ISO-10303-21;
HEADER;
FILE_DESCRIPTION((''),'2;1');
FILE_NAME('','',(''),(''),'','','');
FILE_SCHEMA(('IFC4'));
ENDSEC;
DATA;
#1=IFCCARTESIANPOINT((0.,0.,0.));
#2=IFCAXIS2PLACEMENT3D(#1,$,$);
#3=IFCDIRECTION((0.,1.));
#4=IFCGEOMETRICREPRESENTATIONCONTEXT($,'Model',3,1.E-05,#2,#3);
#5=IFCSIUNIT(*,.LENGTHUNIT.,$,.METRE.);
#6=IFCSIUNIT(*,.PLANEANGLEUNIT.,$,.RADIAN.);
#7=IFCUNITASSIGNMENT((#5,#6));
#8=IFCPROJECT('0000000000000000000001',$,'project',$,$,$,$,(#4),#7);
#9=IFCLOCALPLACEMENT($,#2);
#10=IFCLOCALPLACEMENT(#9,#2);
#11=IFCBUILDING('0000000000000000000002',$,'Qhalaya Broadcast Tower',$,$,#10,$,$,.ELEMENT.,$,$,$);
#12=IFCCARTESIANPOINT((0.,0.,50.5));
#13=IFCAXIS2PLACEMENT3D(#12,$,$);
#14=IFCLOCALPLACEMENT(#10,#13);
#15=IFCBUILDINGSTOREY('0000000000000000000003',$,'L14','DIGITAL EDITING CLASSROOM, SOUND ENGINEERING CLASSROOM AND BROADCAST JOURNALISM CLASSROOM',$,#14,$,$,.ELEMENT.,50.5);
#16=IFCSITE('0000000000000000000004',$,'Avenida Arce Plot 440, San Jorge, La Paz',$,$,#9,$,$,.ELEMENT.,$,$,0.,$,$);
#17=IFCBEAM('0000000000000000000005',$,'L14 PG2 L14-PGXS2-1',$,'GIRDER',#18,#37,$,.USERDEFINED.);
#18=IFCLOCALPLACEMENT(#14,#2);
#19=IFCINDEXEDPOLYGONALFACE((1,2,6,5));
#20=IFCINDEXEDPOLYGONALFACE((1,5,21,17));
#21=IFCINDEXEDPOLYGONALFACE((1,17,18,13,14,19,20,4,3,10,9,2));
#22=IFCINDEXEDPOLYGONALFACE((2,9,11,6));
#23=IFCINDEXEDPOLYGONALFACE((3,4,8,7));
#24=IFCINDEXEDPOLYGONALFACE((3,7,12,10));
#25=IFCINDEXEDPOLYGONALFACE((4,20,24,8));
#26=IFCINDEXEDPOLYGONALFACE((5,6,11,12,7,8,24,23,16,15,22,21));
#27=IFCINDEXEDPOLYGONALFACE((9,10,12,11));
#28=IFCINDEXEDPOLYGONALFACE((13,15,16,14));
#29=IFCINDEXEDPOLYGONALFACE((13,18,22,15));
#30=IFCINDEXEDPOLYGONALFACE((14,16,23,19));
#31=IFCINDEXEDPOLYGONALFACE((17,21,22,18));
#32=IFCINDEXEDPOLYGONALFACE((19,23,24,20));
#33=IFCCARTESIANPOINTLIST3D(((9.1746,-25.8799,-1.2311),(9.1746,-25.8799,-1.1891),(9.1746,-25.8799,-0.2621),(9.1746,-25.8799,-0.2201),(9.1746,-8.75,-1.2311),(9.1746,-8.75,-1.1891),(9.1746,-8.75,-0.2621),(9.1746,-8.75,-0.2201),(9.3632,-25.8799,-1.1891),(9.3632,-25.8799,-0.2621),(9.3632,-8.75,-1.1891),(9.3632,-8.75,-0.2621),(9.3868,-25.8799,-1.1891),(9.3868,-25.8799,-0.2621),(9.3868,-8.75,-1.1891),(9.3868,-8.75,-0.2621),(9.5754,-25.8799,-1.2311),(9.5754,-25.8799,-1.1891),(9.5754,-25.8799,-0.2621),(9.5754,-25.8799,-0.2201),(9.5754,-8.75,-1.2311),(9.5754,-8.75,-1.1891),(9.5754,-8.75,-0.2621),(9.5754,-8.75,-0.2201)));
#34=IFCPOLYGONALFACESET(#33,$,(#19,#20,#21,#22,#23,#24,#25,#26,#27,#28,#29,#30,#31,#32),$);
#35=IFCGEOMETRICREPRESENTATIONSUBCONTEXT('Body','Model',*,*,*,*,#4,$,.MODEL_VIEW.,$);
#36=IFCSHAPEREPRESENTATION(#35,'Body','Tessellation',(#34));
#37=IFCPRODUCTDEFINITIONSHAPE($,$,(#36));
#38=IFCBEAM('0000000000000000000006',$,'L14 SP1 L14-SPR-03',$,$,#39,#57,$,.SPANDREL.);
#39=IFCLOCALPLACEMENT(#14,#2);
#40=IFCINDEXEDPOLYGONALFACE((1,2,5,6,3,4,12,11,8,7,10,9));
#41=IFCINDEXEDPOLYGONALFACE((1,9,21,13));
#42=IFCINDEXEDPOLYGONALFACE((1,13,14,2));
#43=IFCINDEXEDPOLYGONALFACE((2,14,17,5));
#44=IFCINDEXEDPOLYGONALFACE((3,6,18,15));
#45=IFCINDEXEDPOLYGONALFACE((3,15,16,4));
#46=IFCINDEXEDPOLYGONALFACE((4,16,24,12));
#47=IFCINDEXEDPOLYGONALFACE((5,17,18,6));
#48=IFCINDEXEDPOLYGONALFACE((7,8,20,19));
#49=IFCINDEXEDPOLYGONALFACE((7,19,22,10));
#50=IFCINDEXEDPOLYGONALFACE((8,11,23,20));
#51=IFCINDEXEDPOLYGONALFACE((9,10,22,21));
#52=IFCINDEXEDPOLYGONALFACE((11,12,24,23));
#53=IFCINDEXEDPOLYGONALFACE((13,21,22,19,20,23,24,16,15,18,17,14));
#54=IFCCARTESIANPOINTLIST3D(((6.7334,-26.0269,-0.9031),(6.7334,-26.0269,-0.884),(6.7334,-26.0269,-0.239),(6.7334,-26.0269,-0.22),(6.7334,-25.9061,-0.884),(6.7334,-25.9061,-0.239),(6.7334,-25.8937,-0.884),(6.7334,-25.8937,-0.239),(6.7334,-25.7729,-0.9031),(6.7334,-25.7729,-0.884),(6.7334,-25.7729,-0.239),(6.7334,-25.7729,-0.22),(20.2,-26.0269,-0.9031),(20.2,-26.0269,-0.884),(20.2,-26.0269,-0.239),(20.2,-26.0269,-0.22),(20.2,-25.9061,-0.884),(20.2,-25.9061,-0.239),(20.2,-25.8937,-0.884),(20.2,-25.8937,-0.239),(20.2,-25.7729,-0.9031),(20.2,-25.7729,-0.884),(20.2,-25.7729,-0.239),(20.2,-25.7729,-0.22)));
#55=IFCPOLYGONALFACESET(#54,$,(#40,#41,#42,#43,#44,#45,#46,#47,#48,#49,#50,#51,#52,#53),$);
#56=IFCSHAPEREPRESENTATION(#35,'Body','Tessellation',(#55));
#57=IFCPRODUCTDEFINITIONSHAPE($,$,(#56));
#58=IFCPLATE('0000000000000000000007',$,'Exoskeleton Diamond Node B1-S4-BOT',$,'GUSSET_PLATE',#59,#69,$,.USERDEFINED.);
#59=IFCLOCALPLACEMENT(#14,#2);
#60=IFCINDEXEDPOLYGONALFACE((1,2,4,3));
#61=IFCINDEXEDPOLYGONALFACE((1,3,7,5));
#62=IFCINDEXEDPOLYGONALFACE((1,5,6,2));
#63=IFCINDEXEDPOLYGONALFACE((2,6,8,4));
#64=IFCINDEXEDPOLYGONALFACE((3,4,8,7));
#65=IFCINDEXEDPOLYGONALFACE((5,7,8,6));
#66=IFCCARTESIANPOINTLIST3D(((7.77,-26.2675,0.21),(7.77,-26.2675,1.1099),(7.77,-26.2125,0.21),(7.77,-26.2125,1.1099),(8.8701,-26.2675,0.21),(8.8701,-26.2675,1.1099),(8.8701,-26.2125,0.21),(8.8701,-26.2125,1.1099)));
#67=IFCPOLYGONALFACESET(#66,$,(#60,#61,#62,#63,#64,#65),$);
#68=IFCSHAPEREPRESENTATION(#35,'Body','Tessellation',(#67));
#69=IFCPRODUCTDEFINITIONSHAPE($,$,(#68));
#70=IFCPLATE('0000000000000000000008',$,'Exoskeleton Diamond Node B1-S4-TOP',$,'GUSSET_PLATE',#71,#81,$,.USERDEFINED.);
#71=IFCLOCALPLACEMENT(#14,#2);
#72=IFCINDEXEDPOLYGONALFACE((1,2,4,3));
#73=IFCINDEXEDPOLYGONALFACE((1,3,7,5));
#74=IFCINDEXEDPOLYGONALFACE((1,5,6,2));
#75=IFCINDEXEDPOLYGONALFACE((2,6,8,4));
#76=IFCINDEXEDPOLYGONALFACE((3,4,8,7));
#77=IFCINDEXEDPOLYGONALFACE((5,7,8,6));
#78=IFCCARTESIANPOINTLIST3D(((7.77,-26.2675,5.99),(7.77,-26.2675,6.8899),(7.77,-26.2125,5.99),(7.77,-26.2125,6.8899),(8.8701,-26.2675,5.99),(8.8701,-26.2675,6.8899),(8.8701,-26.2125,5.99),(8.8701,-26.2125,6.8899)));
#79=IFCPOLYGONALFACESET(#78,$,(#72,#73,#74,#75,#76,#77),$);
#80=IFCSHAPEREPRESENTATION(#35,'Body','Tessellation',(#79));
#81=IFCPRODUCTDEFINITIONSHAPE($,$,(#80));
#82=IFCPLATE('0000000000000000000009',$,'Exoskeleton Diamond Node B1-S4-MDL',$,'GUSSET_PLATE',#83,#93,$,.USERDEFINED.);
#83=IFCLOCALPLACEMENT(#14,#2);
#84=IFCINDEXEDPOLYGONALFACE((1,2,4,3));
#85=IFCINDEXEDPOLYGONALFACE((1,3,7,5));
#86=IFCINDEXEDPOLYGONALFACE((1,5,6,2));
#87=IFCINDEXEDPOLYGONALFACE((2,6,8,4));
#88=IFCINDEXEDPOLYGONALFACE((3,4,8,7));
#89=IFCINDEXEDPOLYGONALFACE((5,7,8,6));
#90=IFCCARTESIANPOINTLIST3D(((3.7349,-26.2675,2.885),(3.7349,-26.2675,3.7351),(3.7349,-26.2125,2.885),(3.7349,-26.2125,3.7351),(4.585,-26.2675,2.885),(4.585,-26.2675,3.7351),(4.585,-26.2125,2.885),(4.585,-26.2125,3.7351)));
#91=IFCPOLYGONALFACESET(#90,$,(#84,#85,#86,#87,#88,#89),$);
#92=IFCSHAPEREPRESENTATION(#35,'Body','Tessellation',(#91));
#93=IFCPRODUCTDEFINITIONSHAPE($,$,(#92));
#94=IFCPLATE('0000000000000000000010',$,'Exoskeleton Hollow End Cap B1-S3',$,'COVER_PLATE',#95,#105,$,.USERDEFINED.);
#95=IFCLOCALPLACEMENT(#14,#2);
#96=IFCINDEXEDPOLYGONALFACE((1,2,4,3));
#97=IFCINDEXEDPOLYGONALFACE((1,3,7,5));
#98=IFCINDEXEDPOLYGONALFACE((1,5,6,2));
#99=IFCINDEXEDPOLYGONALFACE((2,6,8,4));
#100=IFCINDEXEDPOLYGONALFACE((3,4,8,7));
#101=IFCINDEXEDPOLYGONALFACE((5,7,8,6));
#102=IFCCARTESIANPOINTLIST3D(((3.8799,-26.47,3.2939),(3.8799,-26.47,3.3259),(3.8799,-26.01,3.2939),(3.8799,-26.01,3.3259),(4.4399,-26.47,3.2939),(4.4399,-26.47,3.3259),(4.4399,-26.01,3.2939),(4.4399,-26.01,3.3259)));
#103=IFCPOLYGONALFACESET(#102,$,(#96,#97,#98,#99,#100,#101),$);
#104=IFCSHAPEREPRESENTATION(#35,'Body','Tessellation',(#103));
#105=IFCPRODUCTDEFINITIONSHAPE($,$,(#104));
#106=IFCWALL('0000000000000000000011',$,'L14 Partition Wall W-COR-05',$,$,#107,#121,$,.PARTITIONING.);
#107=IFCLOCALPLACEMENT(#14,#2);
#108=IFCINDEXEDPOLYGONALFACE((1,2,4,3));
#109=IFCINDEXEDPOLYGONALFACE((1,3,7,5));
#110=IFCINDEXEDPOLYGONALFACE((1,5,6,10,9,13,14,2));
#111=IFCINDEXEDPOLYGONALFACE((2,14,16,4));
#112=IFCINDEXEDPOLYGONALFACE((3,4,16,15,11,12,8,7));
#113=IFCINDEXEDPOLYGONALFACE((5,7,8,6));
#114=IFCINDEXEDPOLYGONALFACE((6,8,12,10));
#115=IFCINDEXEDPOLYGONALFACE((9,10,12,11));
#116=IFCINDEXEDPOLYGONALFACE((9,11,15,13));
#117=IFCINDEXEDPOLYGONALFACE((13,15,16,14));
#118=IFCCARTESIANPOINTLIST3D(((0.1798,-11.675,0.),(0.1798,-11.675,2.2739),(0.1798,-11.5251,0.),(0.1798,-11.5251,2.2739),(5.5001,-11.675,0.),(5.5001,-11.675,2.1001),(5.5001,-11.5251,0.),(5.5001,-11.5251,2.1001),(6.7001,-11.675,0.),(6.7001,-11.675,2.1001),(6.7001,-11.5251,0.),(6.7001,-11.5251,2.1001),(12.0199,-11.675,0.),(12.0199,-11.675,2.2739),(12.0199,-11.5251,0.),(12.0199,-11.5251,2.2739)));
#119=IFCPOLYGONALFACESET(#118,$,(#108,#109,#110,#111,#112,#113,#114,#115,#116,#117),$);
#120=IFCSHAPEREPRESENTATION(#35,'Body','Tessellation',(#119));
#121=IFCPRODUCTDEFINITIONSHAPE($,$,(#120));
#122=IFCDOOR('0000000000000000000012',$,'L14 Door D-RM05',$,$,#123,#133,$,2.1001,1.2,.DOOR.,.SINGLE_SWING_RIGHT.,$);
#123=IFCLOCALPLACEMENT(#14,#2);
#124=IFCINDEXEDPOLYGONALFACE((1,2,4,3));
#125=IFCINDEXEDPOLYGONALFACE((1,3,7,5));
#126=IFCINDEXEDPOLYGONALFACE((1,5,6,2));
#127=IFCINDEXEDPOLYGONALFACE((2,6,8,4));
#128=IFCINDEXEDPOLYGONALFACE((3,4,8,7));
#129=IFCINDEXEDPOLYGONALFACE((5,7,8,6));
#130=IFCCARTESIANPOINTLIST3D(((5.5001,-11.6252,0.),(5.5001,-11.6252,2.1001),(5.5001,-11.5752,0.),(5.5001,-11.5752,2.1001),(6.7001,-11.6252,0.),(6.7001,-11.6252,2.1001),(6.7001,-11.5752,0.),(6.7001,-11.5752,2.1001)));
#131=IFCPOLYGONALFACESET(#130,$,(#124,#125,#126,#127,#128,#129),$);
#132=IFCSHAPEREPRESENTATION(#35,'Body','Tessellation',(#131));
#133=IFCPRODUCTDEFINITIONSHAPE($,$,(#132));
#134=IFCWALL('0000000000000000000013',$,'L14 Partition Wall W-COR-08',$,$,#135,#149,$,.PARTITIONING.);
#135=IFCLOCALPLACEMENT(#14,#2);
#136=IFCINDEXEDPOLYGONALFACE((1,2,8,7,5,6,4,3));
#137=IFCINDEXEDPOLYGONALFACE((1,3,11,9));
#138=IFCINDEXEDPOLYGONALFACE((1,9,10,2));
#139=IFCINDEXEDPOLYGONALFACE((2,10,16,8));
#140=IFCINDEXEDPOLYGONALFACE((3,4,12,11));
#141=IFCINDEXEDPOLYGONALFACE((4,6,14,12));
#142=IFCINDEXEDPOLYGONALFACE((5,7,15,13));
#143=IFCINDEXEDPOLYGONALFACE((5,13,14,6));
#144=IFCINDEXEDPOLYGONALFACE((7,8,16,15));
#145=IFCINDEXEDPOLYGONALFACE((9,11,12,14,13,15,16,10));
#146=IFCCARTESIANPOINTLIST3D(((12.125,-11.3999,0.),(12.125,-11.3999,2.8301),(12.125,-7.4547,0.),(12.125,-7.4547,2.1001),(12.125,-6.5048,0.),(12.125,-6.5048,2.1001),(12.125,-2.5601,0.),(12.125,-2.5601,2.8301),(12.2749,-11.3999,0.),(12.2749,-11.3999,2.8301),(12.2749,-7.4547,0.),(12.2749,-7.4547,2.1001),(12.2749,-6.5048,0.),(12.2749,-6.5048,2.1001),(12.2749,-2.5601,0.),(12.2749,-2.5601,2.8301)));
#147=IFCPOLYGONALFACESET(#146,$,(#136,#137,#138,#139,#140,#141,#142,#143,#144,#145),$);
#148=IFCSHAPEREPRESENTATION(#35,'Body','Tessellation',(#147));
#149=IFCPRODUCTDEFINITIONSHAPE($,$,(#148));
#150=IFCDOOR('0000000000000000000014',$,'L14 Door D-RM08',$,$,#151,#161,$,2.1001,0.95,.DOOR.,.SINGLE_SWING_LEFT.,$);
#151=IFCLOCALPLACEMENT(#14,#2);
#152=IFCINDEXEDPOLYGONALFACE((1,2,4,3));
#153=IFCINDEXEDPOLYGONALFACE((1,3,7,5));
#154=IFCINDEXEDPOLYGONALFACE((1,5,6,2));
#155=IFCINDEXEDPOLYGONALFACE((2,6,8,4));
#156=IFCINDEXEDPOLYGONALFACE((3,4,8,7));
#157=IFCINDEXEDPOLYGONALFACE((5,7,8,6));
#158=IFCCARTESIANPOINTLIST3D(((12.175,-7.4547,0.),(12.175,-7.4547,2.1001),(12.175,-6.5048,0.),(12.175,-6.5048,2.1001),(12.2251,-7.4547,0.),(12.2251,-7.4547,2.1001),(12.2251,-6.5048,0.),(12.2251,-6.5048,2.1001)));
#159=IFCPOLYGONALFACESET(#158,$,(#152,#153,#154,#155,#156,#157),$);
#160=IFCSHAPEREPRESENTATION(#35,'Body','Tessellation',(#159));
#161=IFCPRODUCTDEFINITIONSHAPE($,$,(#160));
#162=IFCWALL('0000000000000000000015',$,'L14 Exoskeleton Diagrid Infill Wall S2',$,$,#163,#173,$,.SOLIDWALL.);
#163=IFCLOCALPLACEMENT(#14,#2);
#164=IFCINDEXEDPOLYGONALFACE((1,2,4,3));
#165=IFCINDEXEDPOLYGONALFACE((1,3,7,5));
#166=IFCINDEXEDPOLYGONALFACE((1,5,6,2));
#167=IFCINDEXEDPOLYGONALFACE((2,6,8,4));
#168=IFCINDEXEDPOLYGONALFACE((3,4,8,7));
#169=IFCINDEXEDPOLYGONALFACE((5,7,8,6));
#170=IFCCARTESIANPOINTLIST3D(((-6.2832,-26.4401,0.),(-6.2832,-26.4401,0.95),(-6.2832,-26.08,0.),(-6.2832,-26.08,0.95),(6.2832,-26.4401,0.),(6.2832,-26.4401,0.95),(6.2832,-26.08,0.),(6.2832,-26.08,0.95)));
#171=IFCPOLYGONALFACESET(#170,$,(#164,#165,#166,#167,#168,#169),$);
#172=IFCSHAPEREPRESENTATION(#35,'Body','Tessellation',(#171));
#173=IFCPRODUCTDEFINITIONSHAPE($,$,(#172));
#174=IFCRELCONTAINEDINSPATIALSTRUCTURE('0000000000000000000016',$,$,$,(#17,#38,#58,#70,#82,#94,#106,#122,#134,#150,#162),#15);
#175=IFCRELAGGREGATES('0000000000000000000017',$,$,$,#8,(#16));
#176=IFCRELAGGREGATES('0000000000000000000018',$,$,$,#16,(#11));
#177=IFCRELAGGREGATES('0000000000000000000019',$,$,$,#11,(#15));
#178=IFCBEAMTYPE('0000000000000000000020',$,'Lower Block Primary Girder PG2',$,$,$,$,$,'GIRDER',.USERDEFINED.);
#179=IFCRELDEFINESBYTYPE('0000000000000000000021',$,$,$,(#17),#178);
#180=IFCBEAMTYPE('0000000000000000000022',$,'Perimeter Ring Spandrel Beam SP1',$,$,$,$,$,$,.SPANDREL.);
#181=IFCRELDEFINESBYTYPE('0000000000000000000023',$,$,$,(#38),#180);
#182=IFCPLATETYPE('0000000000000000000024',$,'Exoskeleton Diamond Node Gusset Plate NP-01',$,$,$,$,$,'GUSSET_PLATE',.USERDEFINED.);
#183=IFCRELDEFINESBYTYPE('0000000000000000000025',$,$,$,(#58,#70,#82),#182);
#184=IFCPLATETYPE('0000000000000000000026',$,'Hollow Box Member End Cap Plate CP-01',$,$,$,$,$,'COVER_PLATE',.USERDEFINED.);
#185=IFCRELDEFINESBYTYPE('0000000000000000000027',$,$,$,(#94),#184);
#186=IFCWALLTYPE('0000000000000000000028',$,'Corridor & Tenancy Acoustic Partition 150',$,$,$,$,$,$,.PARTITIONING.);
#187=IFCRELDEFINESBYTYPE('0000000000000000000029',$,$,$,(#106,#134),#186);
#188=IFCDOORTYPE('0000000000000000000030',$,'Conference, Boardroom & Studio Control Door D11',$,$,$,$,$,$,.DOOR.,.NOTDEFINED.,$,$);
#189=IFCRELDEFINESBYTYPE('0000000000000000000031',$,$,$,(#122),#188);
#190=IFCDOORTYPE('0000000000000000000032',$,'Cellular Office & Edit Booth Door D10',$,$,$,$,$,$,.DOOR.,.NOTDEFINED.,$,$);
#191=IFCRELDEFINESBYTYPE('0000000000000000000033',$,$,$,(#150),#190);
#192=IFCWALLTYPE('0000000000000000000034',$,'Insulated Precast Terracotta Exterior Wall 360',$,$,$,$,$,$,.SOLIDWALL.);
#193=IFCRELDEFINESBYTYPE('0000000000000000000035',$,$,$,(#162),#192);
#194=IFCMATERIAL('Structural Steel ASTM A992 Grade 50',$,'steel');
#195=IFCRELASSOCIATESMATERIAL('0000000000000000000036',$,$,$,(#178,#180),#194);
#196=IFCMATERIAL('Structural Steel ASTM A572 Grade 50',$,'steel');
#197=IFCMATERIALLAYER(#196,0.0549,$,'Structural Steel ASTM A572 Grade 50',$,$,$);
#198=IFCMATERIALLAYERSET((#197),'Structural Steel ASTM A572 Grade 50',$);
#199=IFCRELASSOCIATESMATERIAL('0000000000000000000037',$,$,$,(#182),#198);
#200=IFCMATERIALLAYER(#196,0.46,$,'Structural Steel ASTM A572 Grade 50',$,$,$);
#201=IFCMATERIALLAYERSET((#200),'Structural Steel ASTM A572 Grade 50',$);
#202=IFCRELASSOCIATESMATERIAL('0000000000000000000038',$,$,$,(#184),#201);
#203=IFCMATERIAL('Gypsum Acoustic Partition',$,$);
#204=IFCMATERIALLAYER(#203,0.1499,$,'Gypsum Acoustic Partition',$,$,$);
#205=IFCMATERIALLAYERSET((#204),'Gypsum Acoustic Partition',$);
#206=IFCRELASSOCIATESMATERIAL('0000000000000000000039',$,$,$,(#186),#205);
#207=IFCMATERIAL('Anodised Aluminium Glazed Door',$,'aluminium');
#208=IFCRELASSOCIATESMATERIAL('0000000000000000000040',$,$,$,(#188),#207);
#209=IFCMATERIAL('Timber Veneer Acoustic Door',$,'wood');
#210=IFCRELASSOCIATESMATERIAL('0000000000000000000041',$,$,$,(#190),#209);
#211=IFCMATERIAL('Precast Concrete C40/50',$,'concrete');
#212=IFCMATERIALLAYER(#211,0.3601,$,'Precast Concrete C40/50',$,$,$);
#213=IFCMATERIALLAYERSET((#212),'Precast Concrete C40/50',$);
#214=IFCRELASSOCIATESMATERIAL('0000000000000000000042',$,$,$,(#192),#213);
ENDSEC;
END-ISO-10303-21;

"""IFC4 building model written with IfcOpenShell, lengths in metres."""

from ifc_helpers import new_model, si_unit, direction, frame, frame_2d, origin, origin_2d, place, context, subcontext, project, spatial, rectangle, i_section, extrude, material, layer, layer_set, material_profile, profile_set, type_object, element, fill, save


model = new_model("IFC4")

# Units and contexts
model_context = context("Model", 3, precision=1e-05, world=origin(), true_north=direction((0.0, 1.0)))
body_context = subcontext(model_context, "Body", "Model", "MODEL_VIEW")
ifc_project = project(units=[si_unit("LENGTHUNIT", "METRE"), si_unit("PLANEANGLEUNIT", "RADIAN")], contexts=[model_context])

# Site, building, storey
site_placement = place(None, origin())
site = spatial("IfcSite", under=ifc_project, at=site_placement, Name="Avenida Arce Plot 440, San Jorge, La Paz", CompositionType="ELEMENT", RefElevation=0.0)
building_placement = place(site_placement, origin())
building = spatial("IfcBuilding", under=site, at=building_placement, Name="Qhalaya Broadcast Tower", CompositionType="ELEMENT")
storey_placement = place(building_placement, frame((0.0, 0.0, 50.5)))
storey = spatial("IfcBuildingStorey", under=building, at=storey_placement, Name="L14", Description="DIGITAL EDITING CLASSROOM, SOUND ENGINEERING CLASSROOM AND BROADCAST JOURNALISM CLASSROOM", CompositionType="ELEMENT", Elevation=50.5)

# Shared definitions
ifc_material_1 = material(Name="Structural Steel ASTM A572 Grade 50", Category="steel")

# Shared definitions
ifc_material_2 = material(Name="Structural Steel ASTM A992 Grade 50", Category="steel")

# Beams
ifc_material_profile_1 = material_profile(ifc_material_2, i_section(OverallWidth=0.4009, OverallDepth=1.011, WebThickness=0.0237, FlangeThickness=0.042, at=origin_2d()), Name="W40X297")
ifc_profile_set_1 = profile_set([ifc_material_profile_1], Name="Structural Steel ASTM A992 Grade 50")
beam_type_1 = type_object("IfcBeamType", Name="Lower Block Primary Girder PG2", ElementType="GIRDER", PredefinedType="USERDEFINED", material=ifc_profile_set_1)
beam_1_placement = place(storey_placement, frame((9.375, -25.8799, -0.7256), z_axis=(0.0, 1.0, 0.0), x_axis=(-1.0, 0.0, 0.0)))
element("IfcBeam", 1, at=beam_1_placement, inside=storey, type_object=beam_type_1, Name="L14 PG2 L14-PGXS2-1", ObjectType="GIRDER", PredefinedType="USERDEFINED", context=body_context, shape_type="SweptSolid", body=[
    extrude(i_section(OverallWidth=0.4009, OverallDepth=1.011, WebThickness=0.0237, FlangeThickness=0.042, at=origin_2d()), origin(), (0.0, 0.0, 1.0), 17.1299),
])
ifc_material_profile_2 = material_profile(ifc_material_2, i_section(OverallWidth=0.2539, OverallDepth=0.6831, WebThickness=0.0125, FlangeThickness=0.019, at=origin_2d()), Name="W27X94")
ifc_profile_set_2 = profile_set([ifc_material_profile_2], Name="Structural Steel ASTM A992 Grade 50")
beam_type_2 = type_object("IfcBeamType", Name="Perimeter Ring Spandrel Beam SP1", PredefinedType="SPANDREL", material=ifc_profile_set_2)
beam_2_placement = place(storey_placement, frame((6.7334, -25.8999, -0.5615), z_axis=(1.0, 0.0, 0.0), x_axis=(0.0, 1.0, 0.0)))
element("IfcBeam", 2, at=beam_2_placement, inside=storey, type_object=beam_type_2, Name="L14 SP1 L14-SPR-03", PredefinedType="SPANDREL", context=body_context, shape_type="SweptSolid", body=[
    extrude(i_section(OverallWidth=0.2539, OverallDepth=0.6831, WebThickness=0.0125, FlangeThickness=0.019, at=origin_2d()), origin(), (0.0, 0.0, 1.0), 13.4666),
])

# Plates
ifc_layer_1 = layer(ifc_material_1, 0.0549, Name="Structural Steel ASTM A572 Grade 50")
ifc_layer_set_1 = layer_set([ifc_layer_1], Name="Structural Steel ASTM A572 Grade 50")
plate_type_1 = type_object("IfcPlateType", Name="Exoskeleton Diamond Node Gusset Plate NP-01", ElementType="GUSSET_PLATE", PredefinedType="USERDEFINED", material=ifc_layer_set_1)
for number, where, z_axis, x_axis, name in (
    (3, (8.3201, -26.24, 0.21), (0.0, 0.0, 1.0), (1.0, 0.0, 0.0), "Exoskeleton Diamond Node B1-S4-BOT"),
    (4, (8.3201, -26.24, 5.99), (0.0, 0.0, 1.0), (1.0, 0.0, 0.0), "Exoskeleton Diamond Node B1-S4-TOP"),
):
    element("IfcPlate", number, at=place(storey_placement, frame(where, z_axis=z_axis, x_axis=x_axis)), inside=storey, type_object=plate_type_1, Name=name, ObjectType="GUSSET_PLATE", PredefinedType="USERDEFINED", context=body_context, shape_type="SweptSolid", body=[
        extrude(rectangle(XDim=1.1001, YDim=0.0549, at=origin_2d()), origin(), (0.0, 0.0, 1.0), 0.8999),
    ])
plate_1_placement = place(storey_placement, frame((4.1599, -26.24, 2.885), z_axis=(0.0, 0.0, 1.0), x_axis=(1.0, 0.0, 0.0)))
element("IfcPlate", 5, at=plate_1_placement, inside=storey, type_object=plate_type_1, Name="Exoskeleton Diamond Node B1-S4-MDL", ObjectType="GUSSET_PLATE", PredefinedType="USERDEFINED", context=body_context, shape_type="SweptSolid", body=[
    extrude(rectangle(XDim=0.8501, YDim=0.0549, at=origin_2d()), origin(), (0.0, 0.0, 1.0), 0.8501),
])
ifc_layer_2 = layer(ifc_material_1, 0.46, Name="Structural Steel ASTM A572 Grade 50")
ifc_layer_set_2 = layer_set([ifc_layer_2], Name="Structural Steel ASTM A572 Grade 50")
plate_type_2 = type_object("IfcPlateType", Name="Hollow Box Member End Cap Plate CP-01", ElementType="COVER_PLATE", PredefinedType="USERDEFINED", material=ifc_layer_set_2)
plate_2_placement = place(storey_placement, frame((4.1599, -26.24, 3.2939), z_axis=(0.0, 0.0, 1.0), x_axis=(1.0, 0.0, 0.0)))
element("IfcPlate", 6, at=plate_2_placement, inside=storey, type_object=plate_type_2, Name="Exoskeleton Hollow End Cap B1-S3", ObjectType="COVER_PLATE", PredefinedType="USERDEFINED", context=body_context, shape_type="SweptSolid", body=[
    extrude(rectangle(XDim=0.5601, YDim=0.46, at=origin_2d()), origin(), (0.0, 0.0, 1.0), 0.032),
])

# Walls, openings, doors
ifc_material_3 = material(Name="Gypsum Acoustic Partition")
ifc_layer_3 = layer(ifc_material_3, 0.1499, Name="Gypsum Acoustic Partition")
ifc_layer_set_3 = layer_set([ifc_layer_3], Name="Gypsum Acoustic Partition")
wall_type_1 = type_object("IfcWallType", Name="Corridor & Tenancy Acoustic Partition 150", PredefinedType="PARTITIONING", material=ifc_layer_set_3)
wall_1_placement = place(storey_placement, frame((0.1799, -11.6001, 0.0), z_axis=(0.0, 0.0, 1.0), x_axis=(1.0, 0.0, 0.0)))
wall_1 = element("IfcWall", 7, at=wall_1_placement, inside=storey, type_object=wall_type_1, Name="L14 Partition Wall W-COR-05", PredefinedType="PARTITIONING", context=body_context, shape_type="SweptSolid", body=[
    extrude(rectangle(XDim=11.8401, YDim=0.1499, at=frame_2d((5.9199, 0.0))), origin(), (0.0, 0.0, 1.0), 2.2739),
])
opening_1_placement = place(wall_1_placement, frame((5.3201, 0.0, 0.0)))
opening_1 = element("IfcOpeningElement", 8, at=opening_1_placement, cuts=wall_1, PredefinedType="OPENING", context=body_context, shape_type="SweptSolid", body=[
    extrude(rectangle(XDim=1.2, YDim=2.1001, at=frame_2d((0.6001, 1.05))), frame((0.0, 0.0869, 0.0), z_axis=(0.0, -1.0, 0.0), x_axis=(1.0, 0.0, 0.0)), (0.0, 0.0, 1.0), 0.1738),
])
ifc_material_4 = material(Name="Anodised Aluminium Glazed Door", Category="aluminium")
door_type_1 = type_object("IfcDoorType", Name="Conference, Boardroom & Studio Control Door D11", OperationType="NOTDEFINED", PredefinedType="DOOR", material=ifc_material_4)
door_1_placement = place(opening_1_placement, origin())
door_1 = element("IfcDoor", 9, at=door_1_placement, inside=storey, type_object=door_type_1, Name="L14 Door D-RM05", OperationType="SINGLE_SWING_RIGHT", OverallHeight=2.1001, OverallWidth=1.2, PredefinedType="DOOR", context=body_context, shape_type="SweptSolid", body=[
    extrude(rectangle(XDim=1.2, YDim=2.1001, at=frame_2d((0.6001, 1.05))), frame((0.0, 0.0249, 0.0), z_axis=(0.0, -1.0, 0.0), x_axis=(1.0, 0.0, 0.0)), (0.0, 0.0, 1.0), 0.05),
])
fill(opening_1, door_1)
wall_2_placement = place(storey_placement, frame((12.2, -11.3999, 0.0), z_axis=(0.0, 0.0, 1.0), x_axis=(0.0, 1.0, 0.0)))
wall_2 = element("IfcWall", 10, at=wall_2_placement, inside=storey, type_object=wall_type_1, Name="L14 Partition Wall W-COR-08", PredefinedType="PARTITIONING", context=body_context, shape_type="SweptSolid", body=[
    extrude(rectangle(XDim=8.8398, YDim=0.1499, at=frame_2d((4.4199, 0.0))), origin(), (0.0, 0.0, 1.0), 2.8301),
])
opening_2_placement = place(wall_2_placement, frame((3.9451, 0.0, 0.0)))
opening_2 = element("IfcOpeningElement", 11, at=opening_2_placement, cuts=wall_2, PredefinedType="OPENING", context=body_context, shape_type="SweptSolid", body=[
    extrude(rectangle(XDim=0.95, YDim=2.1001, at=frame_2d((0.4751, 1.05))), frame((0.0, 0.0869, 0.0), z_axis=(0.0, -1.0, 0.0), x_axis=(1.0, 0.0, 0.0)), (0.0, 0.0, 1.0), 0.1738),
])
ifc_material_5 = material(Name="Timber Veneer Acoustic Door", Category="wood")
door_type_2 = type_object("IfcDoorType", Name="Cellular Office & Edit Booth Door D10", OperationType="NOTDEFINED", PredefinedType="DOOR", material=ifc_material_5)
door_2_placement = place(opening_2_placement, origin())
door_2 = element("IfcDoor", 12, at=door_2_placement, inside=storey, type_object=door_type_2, Name="L14 Door D-RM08", OperationType="SINGLE_SWING_LEFT", OverallHeight=2.1001, OverallWidth=0.95, PredefinedType="DOOR", context=body_context, shape_type="SweptSolid", body=[
    extrude(rectangle(XDim=0.95, YDim=2.1001, at=frame_2d((0.4751, 1.05))), frame((0.0, 0.0249, 0.0), z_axis=(0.0, -1.0, 0.0), x_axis=(1.0, 0.0, 0.0)), (0.0, 0.0, 1.0), 0.05),
])
fill(opening_2, door_2)

# Wall
ifc_material_6 = material(Name="Precast Concrete C40/50", Category="concrete")
ifc_layer_4 = layer(ifc_material_6, 0.3601, Name="Precast Concrete C40/50")
ifc_layer_set_4 = layer_set([ifc_layer_4], Name="Precast Concrete C40/50")
wall_type_2 = type_object("IfcWallType", Name="Insulated Precast Terracotta Exterior Wall 360", PredefinedType="SOLIDWALL", material=ifc_layer_set_4)
wall_3_placement = place(storey_placement, frame((6.2832, -26.26, 0.0), z_axis=(0.0, 0.0, 1.0), x_axis=(-1.0, 0.0, 0.0)))
element("IfcWall", 13, at=wall_3_placement, inside=storey, type_object=wall_type_2, Name="L14 Exoskeleton Diagrid Infill Wall S2", PredefinedType="SOLIDWALL", context=body_context, shape_type="SweptSolid", body=[
    extrude(rectangle(XDim=12.5664, YDim=0.3601, at=frame_2d((6.2832, 0.0))), origin(), (0.0, 0.0, 1.0), 0.95),
])

save(model, "model.ifc")
